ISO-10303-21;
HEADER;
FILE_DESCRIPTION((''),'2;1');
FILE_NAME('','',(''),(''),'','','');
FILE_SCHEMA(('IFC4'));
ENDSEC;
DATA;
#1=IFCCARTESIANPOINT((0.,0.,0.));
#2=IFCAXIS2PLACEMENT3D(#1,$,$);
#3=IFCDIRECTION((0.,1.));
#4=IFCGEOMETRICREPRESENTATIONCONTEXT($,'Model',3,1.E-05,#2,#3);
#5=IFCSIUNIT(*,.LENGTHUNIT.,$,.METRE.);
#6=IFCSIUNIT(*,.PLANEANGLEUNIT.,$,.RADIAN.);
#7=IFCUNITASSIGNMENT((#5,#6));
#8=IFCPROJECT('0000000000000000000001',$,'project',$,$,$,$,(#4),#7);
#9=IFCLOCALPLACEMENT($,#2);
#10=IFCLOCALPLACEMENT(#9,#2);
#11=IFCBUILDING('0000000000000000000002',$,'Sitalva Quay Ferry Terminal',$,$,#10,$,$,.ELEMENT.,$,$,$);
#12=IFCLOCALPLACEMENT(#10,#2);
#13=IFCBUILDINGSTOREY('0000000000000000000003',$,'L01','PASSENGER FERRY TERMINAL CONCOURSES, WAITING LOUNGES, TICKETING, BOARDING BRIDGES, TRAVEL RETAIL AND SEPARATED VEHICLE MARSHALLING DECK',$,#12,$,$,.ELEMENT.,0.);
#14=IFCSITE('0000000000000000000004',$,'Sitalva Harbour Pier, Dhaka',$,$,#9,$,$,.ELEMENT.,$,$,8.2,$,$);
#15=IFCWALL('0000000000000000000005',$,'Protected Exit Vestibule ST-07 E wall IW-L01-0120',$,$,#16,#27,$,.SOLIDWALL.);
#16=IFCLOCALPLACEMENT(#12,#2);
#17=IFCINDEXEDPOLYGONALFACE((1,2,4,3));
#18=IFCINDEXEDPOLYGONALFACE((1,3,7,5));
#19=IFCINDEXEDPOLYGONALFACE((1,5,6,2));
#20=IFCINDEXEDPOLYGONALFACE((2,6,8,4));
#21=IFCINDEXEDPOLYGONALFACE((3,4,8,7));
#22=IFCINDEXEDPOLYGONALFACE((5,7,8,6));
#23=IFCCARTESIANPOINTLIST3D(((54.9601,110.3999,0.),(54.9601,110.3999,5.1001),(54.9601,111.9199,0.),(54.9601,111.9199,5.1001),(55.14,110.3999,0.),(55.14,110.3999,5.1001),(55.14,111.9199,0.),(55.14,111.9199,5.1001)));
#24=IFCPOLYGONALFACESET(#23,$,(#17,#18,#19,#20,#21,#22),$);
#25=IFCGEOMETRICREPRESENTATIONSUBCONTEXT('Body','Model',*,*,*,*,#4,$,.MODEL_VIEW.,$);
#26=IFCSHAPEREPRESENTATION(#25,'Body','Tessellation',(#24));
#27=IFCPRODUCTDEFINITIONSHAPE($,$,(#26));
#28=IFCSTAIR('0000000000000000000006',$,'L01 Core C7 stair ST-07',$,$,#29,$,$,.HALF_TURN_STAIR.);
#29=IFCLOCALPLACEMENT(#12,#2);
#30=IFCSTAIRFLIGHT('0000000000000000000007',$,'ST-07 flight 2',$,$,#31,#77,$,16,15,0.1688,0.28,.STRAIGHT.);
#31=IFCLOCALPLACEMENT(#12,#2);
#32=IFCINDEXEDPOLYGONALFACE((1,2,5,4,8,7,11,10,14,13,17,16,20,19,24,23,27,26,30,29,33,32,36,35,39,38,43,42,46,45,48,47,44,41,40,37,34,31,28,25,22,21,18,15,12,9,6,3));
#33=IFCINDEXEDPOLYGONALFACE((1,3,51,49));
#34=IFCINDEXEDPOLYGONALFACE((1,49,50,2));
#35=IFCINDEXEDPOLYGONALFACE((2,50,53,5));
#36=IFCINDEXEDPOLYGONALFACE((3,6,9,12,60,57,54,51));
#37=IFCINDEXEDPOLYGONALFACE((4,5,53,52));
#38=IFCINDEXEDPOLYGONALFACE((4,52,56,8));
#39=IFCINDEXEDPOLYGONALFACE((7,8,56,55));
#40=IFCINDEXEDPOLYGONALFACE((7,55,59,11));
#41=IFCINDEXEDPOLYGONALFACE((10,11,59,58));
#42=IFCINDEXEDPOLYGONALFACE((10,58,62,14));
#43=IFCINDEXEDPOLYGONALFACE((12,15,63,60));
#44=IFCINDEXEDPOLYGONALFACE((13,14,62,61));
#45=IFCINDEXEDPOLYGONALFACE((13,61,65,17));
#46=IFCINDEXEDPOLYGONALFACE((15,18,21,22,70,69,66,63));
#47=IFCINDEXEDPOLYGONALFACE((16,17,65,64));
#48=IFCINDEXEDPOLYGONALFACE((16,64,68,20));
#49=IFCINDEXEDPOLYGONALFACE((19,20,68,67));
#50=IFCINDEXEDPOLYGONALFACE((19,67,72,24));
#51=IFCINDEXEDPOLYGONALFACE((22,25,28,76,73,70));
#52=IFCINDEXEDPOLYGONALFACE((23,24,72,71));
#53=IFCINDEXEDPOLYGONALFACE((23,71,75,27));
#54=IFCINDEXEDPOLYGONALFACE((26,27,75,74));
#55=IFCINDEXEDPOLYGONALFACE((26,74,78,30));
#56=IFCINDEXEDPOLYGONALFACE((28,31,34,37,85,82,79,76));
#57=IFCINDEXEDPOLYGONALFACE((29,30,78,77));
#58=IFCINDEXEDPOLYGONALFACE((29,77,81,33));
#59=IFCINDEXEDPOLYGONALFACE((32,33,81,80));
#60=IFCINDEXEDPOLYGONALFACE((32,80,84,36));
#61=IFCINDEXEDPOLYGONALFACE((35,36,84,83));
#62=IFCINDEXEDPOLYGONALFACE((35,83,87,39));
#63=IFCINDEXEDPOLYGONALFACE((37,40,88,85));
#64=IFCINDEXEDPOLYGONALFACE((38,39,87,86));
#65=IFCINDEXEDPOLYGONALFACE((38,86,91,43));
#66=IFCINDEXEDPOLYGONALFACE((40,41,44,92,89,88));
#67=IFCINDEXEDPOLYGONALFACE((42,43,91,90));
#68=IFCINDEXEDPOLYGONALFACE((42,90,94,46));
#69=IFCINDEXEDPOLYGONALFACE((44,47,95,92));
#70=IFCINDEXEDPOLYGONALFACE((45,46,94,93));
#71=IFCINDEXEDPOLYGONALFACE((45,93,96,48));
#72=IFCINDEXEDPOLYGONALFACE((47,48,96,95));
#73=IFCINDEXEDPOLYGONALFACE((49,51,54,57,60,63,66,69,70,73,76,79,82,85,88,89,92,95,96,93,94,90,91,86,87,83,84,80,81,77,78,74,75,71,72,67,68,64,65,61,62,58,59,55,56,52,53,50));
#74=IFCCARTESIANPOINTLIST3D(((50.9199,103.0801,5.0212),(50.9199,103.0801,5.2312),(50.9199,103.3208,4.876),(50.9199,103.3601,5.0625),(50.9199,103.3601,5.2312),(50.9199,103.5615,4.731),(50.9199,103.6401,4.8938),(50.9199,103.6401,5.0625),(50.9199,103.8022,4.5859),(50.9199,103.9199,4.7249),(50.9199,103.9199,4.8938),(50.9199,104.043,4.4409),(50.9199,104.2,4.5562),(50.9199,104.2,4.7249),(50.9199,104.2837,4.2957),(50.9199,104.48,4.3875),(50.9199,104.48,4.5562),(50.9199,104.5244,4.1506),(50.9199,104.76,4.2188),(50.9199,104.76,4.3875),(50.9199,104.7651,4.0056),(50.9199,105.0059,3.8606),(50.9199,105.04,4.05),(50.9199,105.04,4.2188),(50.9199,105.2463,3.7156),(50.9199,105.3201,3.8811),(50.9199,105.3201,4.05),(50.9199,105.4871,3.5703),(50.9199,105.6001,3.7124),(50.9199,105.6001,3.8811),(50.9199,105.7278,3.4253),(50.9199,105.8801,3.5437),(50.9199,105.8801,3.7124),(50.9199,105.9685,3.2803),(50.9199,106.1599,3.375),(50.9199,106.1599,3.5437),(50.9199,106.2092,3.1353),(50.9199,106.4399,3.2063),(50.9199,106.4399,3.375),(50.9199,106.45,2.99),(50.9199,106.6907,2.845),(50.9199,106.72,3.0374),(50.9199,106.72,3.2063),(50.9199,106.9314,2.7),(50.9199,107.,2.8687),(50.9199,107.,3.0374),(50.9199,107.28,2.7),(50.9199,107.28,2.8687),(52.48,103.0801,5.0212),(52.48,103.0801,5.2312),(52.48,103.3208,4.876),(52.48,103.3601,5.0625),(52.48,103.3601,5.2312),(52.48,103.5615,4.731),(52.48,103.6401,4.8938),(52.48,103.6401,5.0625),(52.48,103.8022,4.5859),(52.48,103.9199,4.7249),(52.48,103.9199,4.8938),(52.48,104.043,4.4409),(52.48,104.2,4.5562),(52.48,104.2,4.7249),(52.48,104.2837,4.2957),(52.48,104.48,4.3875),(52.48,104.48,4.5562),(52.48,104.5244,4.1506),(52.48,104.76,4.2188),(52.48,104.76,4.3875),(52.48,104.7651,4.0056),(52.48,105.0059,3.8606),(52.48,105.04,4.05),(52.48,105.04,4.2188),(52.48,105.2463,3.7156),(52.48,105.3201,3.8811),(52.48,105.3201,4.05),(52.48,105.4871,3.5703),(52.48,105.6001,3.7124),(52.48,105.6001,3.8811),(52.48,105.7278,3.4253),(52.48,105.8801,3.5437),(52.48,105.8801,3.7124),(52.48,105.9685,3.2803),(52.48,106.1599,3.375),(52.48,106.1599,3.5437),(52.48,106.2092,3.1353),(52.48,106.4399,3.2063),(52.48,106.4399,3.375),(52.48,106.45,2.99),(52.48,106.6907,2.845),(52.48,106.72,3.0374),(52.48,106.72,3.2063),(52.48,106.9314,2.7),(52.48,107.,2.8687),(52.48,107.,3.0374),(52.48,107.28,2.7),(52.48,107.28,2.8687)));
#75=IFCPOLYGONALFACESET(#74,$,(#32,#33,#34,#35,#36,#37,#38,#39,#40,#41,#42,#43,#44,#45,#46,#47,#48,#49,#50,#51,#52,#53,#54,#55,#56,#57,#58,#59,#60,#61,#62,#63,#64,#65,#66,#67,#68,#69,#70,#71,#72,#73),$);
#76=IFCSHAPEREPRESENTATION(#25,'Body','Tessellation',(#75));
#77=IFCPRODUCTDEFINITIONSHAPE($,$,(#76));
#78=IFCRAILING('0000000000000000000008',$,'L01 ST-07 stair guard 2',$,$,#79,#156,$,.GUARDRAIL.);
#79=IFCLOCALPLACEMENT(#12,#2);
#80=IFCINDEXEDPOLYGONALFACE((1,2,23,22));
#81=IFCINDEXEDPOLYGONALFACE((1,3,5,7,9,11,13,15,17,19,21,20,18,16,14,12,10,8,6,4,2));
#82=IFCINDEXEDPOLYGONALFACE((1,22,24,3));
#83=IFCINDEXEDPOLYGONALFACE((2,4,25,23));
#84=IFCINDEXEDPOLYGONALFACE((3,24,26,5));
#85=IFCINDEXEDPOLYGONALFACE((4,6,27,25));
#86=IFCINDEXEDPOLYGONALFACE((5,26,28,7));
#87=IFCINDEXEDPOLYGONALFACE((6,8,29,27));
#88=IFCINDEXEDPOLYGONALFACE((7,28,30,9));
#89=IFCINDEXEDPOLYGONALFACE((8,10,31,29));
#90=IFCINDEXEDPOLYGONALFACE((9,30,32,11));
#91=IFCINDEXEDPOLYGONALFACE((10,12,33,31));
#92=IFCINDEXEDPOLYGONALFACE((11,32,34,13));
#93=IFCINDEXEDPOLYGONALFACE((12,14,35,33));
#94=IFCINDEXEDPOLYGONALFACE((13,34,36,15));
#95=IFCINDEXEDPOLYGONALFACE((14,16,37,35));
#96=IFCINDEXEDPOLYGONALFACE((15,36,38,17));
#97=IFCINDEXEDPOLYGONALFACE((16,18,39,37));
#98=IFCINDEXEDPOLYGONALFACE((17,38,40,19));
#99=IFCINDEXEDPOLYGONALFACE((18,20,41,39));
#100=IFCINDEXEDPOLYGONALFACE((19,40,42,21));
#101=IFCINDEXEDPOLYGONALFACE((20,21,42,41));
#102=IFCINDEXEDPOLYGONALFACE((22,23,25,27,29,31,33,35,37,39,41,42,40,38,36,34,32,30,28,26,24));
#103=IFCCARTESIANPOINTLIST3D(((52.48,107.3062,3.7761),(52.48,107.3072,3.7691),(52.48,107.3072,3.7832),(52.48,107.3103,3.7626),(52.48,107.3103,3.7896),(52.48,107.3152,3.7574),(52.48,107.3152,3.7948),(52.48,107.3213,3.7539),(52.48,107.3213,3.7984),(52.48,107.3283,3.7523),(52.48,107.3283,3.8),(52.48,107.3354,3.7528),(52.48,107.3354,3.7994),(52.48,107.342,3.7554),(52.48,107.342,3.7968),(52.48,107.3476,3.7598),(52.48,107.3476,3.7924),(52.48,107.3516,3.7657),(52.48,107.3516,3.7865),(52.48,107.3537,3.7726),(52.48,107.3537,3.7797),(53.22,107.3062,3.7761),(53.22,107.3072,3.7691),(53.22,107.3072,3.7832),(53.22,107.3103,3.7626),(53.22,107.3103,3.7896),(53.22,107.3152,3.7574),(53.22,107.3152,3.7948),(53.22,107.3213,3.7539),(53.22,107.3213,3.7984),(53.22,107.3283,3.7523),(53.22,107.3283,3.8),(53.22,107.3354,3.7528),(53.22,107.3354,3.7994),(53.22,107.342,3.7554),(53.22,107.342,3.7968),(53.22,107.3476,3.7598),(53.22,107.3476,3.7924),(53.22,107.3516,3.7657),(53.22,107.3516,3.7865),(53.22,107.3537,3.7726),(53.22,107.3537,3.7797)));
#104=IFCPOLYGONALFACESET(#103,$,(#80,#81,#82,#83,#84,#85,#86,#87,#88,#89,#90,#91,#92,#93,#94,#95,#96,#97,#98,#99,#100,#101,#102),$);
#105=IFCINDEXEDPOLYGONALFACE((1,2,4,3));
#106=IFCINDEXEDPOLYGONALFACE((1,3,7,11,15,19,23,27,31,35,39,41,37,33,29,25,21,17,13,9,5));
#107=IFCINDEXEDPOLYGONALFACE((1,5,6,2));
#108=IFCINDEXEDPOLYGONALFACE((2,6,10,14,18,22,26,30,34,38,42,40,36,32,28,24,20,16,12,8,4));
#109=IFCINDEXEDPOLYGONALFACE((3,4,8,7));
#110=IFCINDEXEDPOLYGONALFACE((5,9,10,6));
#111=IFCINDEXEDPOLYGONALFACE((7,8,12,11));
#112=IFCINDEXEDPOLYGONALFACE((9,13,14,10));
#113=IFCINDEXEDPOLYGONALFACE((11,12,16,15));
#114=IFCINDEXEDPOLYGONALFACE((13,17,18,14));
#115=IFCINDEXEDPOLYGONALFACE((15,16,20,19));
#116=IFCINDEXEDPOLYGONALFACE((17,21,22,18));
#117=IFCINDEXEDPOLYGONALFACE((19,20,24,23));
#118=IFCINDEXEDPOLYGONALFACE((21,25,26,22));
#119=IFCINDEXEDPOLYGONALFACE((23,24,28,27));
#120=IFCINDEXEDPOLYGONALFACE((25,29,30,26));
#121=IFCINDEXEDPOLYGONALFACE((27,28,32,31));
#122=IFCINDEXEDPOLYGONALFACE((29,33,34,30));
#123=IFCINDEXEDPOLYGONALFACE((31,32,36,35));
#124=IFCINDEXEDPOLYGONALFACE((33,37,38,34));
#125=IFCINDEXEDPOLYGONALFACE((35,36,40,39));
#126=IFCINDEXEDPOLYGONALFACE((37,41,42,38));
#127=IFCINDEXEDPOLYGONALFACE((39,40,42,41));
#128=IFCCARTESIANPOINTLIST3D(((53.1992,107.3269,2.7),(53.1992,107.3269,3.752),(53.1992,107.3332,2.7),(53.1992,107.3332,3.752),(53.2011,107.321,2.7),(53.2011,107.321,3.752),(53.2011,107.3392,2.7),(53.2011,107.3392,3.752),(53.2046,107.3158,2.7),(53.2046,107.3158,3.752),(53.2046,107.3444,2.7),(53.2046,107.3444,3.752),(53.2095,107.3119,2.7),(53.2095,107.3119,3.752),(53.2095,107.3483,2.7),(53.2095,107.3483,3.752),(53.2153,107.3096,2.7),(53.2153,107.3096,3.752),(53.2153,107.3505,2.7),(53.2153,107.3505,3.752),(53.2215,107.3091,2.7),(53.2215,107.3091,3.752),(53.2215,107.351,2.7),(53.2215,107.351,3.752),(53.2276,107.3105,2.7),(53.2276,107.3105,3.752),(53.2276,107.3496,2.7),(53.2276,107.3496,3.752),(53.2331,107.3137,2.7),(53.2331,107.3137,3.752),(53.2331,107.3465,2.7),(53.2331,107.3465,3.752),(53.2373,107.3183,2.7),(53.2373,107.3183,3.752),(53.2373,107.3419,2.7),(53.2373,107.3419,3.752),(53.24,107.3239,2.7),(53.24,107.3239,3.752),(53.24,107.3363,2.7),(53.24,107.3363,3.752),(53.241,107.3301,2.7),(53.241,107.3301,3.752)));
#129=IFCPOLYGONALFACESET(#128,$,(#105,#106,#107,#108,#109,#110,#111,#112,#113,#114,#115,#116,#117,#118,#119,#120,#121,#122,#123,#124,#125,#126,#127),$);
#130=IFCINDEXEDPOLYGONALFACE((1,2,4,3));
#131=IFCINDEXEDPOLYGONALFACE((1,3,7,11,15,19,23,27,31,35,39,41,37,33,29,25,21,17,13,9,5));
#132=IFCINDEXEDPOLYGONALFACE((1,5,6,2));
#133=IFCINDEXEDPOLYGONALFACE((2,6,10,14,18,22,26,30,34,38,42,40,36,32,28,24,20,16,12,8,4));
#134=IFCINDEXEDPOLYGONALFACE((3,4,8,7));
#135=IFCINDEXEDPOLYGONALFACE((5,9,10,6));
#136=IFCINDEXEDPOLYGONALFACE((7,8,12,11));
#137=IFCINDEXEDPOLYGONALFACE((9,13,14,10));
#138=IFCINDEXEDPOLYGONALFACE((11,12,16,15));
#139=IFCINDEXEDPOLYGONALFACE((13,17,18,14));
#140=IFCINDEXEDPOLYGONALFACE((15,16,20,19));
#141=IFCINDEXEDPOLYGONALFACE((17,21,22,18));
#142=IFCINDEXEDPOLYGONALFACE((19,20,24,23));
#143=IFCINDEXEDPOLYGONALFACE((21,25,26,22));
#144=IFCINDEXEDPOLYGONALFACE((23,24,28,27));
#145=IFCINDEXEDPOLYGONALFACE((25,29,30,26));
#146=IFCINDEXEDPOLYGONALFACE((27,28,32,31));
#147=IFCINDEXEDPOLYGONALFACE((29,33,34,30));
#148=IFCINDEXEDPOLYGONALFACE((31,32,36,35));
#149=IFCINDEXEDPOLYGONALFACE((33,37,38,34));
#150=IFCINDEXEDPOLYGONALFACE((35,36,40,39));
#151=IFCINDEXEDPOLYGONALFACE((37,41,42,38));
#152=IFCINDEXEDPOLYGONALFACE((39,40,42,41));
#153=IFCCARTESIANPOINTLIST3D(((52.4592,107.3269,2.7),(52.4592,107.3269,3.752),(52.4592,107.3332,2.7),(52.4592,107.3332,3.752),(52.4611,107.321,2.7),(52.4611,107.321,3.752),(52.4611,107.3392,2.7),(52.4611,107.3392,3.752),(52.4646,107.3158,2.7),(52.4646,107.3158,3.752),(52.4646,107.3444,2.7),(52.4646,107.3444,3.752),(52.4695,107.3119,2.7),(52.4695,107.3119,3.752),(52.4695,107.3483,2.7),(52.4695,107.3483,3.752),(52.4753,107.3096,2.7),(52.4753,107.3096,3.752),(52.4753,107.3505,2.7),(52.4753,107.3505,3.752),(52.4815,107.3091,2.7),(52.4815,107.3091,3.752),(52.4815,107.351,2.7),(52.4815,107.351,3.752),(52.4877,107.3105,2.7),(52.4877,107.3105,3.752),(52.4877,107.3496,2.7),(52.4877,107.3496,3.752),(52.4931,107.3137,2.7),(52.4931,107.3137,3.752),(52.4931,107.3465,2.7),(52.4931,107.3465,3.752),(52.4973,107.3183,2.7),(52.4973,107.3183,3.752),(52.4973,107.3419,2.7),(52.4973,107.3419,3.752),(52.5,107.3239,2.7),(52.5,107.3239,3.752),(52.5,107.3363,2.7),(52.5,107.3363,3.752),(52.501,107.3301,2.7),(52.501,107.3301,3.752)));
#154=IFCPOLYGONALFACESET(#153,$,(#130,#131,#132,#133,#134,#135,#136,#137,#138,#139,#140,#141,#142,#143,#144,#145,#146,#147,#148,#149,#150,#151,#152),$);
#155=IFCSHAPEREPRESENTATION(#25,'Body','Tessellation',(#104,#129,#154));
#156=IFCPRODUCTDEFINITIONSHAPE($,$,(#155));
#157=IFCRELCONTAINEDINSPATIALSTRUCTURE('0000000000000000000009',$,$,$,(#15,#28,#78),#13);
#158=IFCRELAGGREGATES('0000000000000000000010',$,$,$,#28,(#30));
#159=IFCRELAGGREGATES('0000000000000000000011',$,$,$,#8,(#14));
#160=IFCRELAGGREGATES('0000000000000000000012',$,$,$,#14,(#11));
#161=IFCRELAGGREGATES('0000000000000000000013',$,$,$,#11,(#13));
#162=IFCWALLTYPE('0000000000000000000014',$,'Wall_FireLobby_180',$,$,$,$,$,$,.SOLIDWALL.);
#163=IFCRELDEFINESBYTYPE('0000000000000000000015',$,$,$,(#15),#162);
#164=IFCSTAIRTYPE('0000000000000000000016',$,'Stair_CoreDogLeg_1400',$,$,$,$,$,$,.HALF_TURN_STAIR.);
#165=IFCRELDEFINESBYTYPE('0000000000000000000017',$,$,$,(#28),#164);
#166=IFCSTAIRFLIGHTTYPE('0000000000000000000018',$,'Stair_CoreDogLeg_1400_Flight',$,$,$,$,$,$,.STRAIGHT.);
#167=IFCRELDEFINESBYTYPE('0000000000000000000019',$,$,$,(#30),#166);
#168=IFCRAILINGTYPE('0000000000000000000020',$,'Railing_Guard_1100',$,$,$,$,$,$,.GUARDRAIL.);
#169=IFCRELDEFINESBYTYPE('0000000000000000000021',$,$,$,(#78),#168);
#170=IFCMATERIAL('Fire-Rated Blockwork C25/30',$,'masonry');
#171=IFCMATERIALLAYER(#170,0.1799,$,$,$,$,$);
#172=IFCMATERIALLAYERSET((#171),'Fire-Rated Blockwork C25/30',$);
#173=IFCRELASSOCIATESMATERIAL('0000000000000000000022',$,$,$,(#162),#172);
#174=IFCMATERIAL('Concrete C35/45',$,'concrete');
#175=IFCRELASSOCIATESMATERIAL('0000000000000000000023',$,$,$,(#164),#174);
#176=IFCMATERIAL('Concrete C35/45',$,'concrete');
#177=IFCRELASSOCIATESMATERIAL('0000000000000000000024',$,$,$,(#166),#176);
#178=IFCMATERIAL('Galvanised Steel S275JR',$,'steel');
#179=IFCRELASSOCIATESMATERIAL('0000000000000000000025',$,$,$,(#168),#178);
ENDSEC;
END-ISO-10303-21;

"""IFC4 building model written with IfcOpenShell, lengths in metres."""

from ifc_helpers import new_model, si_unit, direction, frame, frame_2d, origin, origin_2d, place, context, subcontext, project, spatial, polyline, rectangle, circle, outline, extrude, material, layer, layer_set, type_object, element, aggregate, save


model = new_model("IFC4")

# Units and contexts
model_context = context("Model", 3, precision=1e-05, world=origin(), true_north=direction((0.0, 1.0)))
body_context = subcontext(model_context, "Body", "Model", "MODEL_VIEW")
ifc_project = project(units=[si_unit("LENGTHUNIT", "METRE"), si_unit("PLANEANGLEUNIT", "RADIAN")], contexts=[model_context])

# Site, building, storey
site_placement = place(None, origin())
site = spatial("IfcSite", under=ifc_project, at=site_placement, Name="Sitalva Harbour Pier, Dhaka", CompositionType="ELEMENT", RefElevation=8.2)
building_placement = place(site_placement, origin())
building = spatial("IfcBuilding", under=site, at=building_placement, Name="Sitalva Quay Ferry Terminal", CompositionType="ELEMENT")
storey_placement = place(building_placement, origin())
storey = spatial("IfcBuildingStorey", under=building, at=storey_placement, Name="L01", Description="PASSENGER FERRY TERMINAL CONCOURSES, WAITING LOUNGES, TICKETING, BOARDING BRIDGES, TRAVEL RETAIL AND SEPARATED VEHICLE MARSHALLING DECK", CompositionType="ELEMENT", Elevation=0.0)

# Shared definitions
ifc_material_1 = material(Name="Fire-Rated Blockwork C25/30", Category="masonry")
ifc_layer_1 = layer(ifc_material_1, 0.1799)
ifc_layer_set_1 = layer_set([ifc_layer_1], Name="Fire-Rated Blockwork C25/30")
wall_type_1 = type_object("IfcWallType", Name="Wall_FireLobby_180", PredefinedType="SOLIDWALL", material=ifc_layer_set_1)

# Wall
wall_1_placement = place(storey_placement, frame((55.05, 110.3999, 0.0), z_axis=(0.0, 0.0, 1.0), x_axis=(0.0, 1.0, 0.0)))
element("IfcWall", 1, at=wall_1_placement, inside=storey, type_object=wall_type_1, Name="Protected Exit Vestibule ST-07 E wall IW-L01-0120", PredefinedType="SOLIDWALL", context=body_context, shape_type="SweptSolid", body=[
    extrude(rectangle(XDim=1.52, YDim=0.1799, at=frame_2d((0.76, 0.0))), origin(), (0.0, 0.0, 1.0), 5.1001),
])

# Stair, stair flight
ifc_material_2 = material(Name="Concrete C35/45", Category="concrete")
stair_type = type_object("IfcStairType", Name="Stair_CoreDogLeg_1400", PredefinedType="HALF_TURN_STAIR", material=ifc_material_2)
stair_placement = place(storey_placement, origin())
stair = element("IfcStair", 2, at=stair_placement, inside=storey, type_object=stair_type, Name="L01 Core C7 stair ST-07", PredefinedType="HALF_TURN_STAIR")
ifc_material_3 = material(Name="Concrete C35/45", Category="concrete")
stair_flight_type = type_object("IfcStairFlightType", Name="Stair_CoreDogLeg_1400_Flight", PredefinedType="STRAIGHT", material=ifc_material_3)
stair_flight_placement = place(storey_placement, frame((51.7, 107.28, 2.7), z_axis=(0.0, 0.0, 1.0), x_axis=(0.0, -1.0, 0.0)))
stair_flight = element("IfcStairFlight", 3, at=stair_flight_placement, type_object=stair_flight_type, Name="ST-07 flight 2", NumberOfRisers=16, NumberOfTreads=15, PredefinedType="STRAIGHT", RiserHeight=0.1688, TreadLength=0.28, context=body_context, shape_type="SweptSolid", body=[
    extrude(outline(polyline([(0.0, 0.0), (0.0, 0.1687), (0.28, 0.1687), (0.28, 0.3374), (0.5601, 0.3374), (0.5601, 0.5063), (0.8401, 0.5063), (0.8401, 0.675), (1.1201, 0.675), (1.1201, 0.8438), (1.3999, 0.8438), (1.3999, 1.0125), (1.6799, 1.0125), (1.6799, 1.1812), (1.96, 1.1812), (1.96, 1.3501), (2.24, 1.3501), (2.24, 1.5188), (2.52, 1.5188), (2.52, 1.6875), (2.8, 1.6875), (2.8, 1.8562), (3.0801, 1.8562), (3.0801, 2.0249), (3.3601, 2.0249), (3.3601, 2.1938), (3.6399, 2.1938), (3.6399, 2.3625), (3.9199, 2.3625), (3.9199, 2.5312), (4.2, 2.5312), (4.2, 2.7), (4.2, 2.3213), (3.9592, 2.176), (3.7185, 2.031), (3.4778, 1.886), (3.2371, 1.741), (2.9963, 1.5957), (2.7556, 1.4507), (2.5149, 1.3057), (2.2742, 1.1606), (2.0337, 1.0156), (1.793, 0.8704), (1.5522, 0.7253), (1.3115, 0.5803), (1.0708, 0.4353), (0.8301, 0.29), (0.5894, 0.145), (0.3486, 0.0), (0.0, 0.0)])), frame((0.0, 0.78, 0.0), z_axis=(0.0, -1.0, 0.0), x_axis=(1.0, 0.0, 0.0)), (0.0, 0.0, 1.0), 1.5601),
])
aggregate(stair, [stair_flight])

# Railing
ifc_material_4 = material(Name="Galvanised Steel S275JR", Category="steel")
railing_type_1 = type_object("IfcRailingType", Name="Railing_Guard_1100", PredefinedType="GUARDRAIL", material=ifc_material_4)
railing_1_placement = place(storey_placement, frame((53.22, 107.3301, 2.7)))
element("IfcRailing", 4, at=railing_1_placement, inside=storey, type_object=railing_type_1, Name="L01 ST-07 stair guard 2", PredefinedType="GUARDRAIL", context=body_context, shape_type="SweptSolid", body=[
    extrude(circle(Radius=0.0239, at=origin_2d()), frame((0.0, 0.0, 1.0762), z_axis=(-1.0, 0.0, 0.0), x_axis=(0.0, -1.0, 0.0)), (0.0, 0.0, 1.0), 0.74),
    extrude(circle(Radius=0.021, at=origin_2d()), origin(), (0.0, 0.0, 1.0), 1.052),
    extrude(circle(Radius=0.021, at=origin_2d()), frame((-0.74, 0.0, 0.0)), (0.0, 0.0, 1.0), 1.052),
])

save(model, "model.ifc")
